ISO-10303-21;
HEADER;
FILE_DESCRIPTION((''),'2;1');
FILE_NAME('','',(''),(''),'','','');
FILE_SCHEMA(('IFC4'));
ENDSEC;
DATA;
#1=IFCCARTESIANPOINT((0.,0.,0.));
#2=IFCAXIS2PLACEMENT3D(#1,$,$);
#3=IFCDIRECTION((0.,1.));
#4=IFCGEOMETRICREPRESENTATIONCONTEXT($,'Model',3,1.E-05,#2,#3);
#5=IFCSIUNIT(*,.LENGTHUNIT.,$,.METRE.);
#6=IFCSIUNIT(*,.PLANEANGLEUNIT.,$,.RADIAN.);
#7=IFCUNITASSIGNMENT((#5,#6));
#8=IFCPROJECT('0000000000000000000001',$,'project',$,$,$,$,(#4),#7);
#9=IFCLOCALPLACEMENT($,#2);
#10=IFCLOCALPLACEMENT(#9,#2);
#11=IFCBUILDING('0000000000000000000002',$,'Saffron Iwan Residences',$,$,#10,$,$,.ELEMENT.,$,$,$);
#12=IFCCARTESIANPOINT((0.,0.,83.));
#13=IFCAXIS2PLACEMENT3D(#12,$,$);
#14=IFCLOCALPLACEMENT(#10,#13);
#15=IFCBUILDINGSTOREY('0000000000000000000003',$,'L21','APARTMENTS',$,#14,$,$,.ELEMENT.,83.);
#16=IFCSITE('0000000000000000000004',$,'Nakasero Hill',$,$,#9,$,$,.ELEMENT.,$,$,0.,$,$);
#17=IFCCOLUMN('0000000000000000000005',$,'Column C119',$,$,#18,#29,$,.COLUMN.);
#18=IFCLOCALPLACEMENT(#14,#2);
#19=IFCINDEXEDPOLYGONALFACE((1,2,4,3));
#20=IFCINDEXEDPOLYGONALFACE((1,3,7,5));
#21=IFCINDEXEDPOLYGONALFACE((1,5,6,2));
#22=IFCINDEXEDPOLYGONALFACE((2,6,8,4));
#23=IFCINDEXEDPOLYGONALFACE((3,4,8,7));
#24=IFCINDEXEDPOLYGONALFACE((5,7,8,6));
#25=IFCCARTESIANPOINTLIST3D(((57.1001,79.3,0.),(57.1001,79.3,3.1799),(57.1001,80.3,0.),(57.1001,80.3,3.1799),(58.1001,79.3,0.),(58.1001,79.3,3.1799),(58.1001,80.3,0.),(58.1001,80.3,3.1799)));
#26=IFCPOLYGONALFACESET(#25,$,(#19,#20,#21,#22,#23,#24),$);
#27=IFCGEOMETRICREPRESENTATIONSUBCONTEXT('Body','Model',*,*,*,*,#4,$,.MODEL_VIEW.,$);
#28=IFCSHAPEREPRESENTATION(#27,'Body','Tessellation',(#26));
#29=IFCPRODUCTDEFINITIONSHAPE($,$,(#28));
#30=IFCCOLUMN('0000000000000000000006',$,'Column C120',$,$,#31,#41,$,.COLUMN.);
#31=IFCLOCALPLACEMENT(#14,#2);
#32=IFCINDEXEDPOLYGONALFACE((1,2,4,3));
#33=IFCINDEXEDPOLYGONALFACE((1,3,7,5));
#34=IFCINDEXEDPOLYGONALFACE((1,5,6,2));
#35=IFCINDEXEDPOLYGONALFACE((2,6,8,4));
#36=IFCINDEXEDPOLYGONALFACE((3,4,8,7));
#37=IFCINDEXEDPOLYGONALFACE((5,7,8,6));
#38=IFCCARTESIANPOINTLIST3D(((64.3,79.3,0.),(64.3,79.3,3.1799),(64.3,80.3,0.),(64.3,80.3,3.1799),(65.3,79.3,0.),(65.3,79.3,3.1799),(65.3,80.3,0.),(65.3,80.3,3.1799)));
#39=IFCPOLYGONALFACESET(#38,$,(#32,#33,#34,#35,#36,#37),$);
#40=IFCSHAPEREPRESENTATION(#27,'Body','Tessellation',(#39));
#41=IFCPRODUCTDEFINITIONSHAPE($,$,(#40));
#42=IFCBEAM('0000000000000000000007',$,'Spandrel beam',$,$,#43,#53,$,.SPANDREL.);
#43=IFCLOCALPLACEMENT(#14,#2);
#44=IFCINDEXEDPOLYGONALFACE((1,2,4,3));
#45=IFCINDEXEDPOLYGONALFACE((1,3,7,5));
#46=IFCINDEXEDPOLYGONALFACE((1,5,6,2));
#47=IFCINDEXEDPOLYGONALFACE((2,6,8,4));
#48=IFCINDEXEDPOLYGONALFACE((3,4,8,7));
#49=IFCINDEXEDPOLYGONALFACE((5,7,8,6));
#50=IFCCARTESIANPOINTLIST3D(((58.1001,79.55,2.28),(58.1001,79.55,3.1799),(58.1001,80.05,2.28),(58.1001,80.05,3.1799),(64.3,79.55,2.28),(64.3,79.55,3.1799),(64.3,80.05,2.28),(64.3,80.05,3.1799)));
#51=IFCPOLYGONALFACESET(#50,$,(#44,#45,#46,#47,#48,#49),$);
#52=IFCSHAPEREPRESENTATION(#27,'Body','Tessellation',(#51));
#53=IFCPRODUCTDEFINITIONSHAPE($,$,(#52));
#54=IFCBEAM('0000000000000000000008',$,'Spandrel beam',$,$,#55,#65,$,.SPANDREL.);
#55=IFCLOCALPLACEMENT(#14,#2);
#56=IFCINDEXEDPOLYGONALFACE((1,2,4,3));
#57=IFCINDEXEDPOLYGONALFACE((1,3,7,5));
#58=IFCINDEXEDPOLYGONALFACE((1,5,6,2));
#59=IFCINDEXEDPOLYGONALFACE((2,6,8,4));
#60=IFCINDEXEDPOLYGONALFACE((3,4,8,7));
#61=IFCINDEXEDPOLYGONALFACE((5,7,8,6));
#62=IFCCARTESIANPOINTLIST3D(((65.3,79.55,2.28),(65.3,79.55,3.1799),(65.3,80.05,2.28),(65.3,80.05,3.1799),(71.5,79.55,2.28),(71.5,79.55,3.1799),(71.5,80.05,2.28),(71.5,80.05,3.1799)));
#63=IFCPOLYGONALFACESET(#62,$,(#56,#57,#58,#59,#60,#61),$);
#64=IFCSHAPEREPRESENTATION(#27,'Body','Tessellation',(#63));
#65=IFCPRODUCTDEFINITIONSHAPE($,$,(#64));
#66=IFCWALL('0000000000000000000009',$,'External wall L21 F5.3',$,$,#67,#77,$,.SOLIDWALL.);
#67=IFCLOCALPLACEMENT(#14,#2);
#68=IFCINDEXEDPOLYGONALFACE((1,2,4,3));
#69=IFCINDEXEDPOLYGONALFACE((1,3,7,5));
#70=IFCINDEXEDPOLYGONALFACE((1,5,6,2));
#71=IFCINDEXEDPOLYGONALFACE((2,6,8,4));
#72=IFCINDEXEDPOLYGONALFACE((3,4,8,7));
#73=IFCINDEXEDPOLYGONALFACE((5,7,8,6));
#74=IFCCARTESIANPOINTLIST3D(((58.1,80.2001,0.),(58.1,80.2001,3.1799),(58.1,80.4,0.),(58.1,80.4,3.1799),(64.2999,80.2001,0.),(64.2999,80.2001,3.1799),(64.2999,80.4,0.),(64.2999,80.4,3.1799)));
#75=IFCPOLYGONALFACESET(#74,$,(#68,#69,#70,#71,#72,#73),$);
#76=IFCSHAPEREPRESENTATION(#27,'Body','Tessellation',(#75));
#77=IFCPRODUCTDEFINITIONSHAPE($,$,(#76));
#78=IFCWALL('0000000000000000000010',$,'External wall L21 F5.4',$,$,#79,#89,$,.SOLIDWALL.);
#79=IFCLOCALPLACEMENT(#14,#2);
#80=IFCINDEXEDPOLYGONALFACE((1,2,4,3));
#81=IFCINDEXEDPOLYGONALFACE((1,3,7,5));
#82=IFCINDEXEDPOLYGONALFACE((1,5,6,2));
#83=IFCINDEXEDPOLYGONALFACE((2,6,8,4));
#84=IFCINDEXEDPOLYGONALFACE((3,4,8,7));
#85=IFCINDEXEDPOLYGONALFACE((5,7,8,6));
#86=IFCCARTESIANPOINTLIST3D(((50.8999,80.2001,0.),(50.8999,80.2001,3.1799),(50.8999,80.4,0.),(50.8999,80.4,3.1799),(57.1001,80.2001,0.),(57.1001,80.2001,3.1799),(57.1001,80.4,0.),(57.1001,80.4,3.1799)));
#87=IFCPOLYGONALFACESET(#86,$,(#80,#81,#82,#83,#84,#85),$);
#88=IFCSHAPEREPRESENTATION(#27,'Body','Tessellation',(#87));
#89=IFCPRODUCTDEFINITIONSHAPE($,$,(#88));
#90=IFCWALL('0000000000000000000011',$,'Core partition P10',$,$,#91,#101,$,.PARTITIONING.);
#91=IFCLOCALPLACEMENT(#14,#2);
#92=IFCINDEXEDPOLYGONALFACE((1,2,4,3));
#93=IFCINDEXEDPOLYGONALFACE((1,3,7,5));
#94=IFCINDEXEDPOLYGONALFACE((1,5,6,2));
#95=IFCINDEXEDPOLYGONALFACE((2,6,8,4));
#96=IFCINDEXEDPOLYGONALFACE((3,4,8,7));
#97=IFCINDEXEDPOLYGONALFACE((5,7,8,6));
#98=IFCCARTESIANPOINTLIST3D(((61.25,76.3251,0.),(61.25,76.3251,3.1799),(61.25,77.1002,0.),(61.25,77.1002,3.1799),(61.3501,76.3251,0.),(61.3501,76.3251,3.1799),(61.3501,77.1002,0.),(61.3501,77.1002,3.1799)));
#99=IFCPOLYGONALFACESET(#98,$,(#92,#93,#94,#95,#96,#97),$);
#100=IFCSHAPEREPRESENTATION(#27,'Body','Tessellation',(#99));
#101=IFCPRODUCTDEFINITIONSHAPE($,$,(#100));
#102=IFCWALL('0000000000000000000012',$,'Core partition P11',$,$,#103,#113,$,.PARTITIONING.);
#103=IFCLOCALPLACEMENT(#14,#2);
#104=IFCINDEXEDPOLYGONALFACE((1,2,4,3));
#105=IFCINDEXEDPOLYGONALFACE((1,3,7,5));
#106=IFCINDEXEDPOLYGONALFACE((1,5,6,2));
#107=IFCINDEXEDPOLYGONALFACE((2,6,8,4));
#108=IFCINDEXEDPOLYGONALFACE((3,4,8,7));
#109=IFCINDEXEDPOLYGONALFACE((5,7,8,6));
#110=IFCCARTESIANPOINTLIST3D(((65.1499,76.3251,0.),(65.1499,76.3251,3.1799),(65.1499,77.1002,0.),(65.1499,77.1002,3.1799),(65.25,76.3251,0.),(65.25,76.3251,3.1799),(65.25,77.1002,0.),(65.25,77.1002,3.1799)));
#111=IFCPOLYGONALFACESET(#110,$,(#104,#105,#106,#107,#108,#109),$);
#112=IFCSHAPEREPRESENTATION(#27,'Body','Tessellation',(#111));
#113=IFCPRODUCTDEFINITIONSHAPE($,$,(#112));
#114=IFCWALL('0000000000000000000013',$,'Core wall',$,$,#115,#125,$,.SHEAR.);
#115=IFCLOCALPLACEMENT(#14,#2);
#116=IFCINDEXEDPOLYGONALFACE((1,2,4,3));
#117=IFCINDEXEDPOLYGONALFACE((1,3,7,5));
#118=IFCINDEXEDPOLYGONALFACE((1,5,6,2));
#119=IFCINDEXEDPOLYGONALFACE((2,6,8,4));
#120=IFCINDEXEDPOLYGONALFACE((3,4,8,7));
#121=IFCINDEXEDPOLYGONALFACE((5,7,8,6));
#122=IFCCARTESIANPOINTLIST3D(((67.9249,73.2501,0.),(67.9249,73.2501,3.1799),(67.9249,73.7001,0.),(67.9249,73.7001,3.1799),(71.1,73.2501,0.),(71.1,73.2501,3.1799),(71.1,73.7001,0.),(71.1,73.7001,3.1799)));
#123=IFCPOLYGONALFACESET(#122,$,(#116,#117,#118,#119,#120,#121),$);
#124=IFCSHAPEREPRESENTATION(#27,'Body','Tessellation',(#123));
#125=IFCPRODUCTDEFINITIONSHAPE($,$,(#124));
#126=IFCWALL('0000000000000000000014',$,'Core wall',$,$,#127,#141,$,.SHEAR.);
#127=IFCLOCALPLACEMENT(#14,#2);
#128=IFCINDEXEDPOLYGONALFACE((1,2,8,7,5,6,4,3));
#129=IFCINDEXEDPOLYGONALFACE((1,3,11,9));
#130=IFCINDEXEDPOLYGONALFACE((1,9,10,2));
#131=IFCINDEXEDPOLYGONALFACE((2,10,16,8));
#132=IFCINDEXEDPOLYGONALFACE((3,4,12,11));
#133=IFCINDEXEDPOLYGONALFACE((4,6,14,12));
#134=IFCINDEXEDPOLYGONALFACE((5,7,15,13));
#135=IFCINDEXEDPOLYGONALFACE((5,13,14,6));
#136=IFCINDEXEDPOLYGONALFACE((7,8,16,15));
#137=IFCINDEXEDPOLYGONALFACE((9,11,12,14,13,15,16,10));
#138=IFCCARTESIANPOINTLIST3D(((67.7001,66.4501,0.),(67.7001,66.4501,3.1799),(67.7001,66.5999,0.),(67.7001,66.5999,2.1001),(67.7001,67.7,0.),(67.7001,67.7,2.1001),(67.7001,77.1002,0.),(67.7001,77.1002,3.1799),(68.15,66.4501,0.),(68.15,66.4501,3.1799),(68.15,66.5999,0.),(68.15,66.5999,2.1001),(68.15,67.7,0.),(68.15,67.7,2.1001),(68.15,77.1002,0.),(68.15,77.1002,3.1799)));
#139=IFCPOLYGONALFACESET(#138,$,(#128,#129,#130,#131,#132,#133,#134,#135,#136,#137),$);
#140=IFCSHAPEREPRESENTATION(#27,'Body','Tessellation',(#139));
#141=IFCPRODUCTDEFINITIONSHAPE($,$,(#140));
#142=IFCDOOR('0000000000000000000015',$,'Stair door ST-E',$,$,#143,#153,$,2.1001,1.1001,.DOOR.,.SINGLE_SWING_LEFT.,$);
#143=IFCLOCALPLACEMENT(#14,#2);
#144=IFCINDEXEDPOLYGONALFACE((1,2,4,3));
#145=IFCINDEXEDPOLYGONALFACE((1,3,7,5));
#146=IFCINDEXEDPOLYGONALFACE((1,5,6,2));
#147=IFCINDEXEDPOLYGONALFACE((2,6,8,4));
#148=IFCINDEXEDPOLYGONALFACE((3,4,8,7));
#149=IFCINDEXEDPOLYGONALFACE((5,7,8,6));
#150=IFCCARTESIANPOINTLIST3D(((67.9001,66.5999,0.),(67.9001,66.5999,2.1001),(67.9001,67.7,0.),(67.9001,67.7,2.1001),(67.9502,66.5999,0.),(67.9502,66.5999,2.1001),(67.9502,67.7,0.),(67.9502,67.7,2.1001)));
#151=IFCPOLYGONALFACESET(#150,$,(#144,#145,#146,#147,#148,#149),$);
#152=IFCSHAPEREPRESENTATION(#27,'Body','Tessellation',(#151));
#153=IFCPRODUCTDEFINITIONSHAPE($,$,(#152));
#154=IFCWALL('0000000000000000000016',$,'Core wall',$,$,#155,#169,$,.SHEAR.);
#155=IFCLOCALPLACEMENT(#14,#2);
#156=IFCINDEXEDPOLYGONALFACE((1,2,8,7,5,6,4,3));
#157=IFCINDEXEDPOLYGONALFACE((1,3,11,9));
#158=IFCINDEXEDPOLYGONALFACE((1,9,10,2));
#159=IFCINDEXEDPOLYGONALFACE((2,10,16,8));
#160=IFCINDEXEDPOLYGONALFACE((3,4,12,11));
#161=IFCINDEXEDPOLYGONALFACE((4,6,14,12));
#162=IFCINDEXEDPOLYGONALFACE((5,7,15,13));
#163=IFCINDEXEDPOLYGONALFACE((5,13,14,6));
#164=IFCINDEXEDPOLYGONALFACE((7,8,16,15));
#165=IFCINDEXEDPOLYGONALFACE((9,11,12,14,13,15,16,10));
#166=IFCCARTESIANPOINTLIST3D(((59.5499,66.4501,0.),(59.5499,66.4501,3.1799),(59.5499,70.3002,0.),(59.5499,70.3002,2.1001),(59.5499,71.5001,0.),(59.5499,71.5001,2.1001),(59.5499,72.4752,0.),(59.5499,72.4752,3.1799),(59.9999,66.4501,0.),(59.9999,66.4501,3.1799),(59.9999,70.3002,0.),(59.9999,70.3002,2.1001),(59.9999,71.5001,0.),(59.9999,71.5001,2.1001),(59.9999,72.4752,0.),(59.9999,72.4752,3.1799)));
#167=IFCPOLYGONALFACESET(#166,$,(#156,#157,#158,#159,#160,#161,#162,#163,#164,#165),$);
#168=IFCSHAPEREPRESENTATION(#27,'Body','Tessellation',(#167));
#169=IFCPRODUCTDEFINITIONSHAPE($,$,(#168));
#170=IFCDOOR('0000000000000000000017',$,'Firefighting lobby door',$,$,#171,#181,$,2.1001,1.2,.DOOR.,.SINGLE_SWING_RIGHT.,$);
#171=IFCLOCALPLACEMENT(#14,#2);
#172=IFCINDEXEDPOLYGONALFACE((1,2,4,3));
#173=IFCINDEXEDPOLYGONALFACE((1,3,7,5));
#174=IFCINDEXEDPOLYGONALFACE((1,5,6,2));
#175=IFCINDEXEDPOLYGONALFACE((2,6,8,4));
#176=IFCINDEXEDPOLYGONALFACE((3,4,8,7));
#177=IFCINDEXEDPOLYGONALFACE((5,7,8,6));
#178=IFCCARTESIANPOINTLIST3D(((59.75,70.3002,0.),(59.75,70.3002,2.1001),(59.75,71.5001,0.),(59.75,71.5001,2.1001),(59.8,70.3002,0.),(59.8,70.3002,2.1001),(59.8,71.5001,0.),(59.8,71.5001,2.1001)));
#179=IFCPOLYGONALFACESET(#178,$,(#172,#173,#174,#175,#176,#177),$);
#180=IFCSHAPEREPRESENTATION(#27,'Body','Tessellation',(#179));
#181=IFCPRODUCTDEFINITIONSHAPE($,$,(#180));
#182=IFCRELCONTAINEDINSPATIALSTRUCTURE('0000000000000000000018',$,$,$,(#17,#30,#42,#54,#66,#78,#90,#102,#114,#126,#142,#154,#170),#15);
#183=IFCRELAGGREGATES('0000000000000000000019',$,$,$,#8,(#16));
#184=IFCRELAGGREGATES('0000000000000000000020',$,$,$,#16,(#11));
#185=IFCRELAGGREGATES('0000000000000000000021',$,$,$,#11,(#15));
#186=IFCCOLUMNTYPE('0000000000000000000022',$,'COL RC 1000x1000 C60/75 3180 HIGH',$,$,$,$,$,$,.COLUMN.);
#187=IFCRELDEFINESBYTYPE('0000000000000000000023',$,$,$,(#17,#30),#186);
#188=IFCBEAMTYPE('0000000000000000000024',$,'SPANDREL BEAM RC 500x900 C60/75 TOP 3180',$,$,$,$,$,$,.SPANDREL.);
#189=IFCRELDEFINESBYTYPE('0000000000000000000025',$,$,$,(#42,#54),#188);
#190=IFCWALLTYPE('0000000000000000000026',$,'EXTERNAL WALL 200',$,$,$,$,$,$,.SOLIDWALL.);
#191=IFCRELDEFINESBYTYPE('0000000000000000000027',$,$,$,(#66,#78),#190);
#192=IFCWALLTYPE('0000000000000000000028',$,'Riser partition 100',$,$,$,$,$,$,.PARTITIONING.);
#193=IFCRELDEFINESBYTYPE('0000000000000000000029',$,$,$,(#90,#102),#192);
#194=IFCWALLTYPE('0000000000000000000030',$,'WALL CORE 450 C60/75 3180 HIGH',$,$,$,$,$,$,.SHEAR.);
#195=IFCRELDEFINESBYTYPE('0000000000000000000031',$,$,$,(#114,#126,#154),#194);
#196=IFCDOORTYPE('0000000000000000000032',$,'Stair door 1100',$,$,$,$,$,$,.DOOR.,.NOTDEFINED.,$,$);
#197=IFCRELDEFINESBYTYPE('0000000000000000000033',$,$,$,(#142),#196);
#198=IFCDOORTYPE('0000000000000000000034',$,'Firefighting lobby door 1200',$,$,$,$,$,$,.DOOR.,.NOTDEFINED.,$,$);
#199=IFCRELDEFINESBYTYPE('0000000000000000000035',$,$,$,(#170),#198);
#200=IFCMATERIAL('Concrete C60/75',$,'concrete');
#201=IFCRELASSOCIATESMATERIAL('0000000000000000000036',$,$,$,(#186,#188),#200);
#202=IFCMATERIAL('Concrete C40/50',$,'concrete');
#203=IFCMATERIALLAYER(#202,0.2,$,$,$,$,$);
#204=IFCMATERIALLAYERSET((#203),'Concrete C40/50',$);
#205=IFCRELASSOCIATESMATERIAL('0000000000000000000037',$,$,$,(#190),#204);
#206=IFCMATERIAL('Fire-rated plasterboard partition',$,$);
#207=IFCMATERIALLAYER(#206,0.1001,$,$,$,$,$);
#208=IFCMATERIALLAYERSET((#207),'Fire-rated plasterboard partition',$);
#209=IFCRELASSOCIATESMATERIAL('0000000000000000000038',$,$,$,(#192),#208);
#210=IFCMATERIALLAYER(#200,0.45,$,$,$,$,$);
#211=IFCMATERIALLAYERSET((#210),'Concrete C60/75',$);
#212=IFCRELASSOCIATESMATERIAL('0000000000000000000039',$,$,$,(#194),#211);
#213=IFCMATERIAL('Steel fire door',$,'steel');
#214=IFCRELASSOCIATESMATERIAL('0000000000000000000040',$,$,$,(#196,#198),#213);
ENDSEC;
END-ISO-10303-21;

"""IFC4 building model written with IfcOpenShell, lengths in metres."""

from ifc_helpers import new_model, si_unit, direction, frame, frame_2d, origin, origin_2d, place, context, subcontext, project, spatial, rectangle, extrude, source, transform, mapped, material, layer, layer_set, material_profile, profile_set, type_object, element, fill, save


model = new_model("IFC4")

# Units and contexts
model_context = context("Model", 3, precision=1e-05, world=origin(), true_north=direction((0.0, 1.0)))
body_context = subcontext(model_context, "Body", "Model", "MODEL_VIEW")
ifc_project = project(units=[si_unit("LENGTHUNIT", "METRE"), si_unit("PLANEANGLEUNIT", "RADIAN")], contexts=[model_context])

# Site, building, storey
site_placement = place(None, origin())
site = spatial("IfcSite", under=ifc_project, at=site_placement, Name="Nakasero Hill", CompositionType="ELEMENT", RefElevation=0.0)
building_placement = place(site_placement, origin())
building = spatial("IfcBuilding", under=site, at=building_placement, Name="Saffron Iwan Residences", CompositionType="ELEMENT")
storey_placement = place(building_placement, frame((0.0, 0.0, 83.0)))
storey = spatial("IfcBuildingStorey", under=building, at=storey_placement, Name="L21", Description="APARTMENTS", CompositionType="ELEMENT", Elevation=83.0)

# Columns
ifc_material_1 = material(Name="Concrete C60/75", Category="concrete")
ifc_material_profile_1 = material_profile(ifc_material_1, rectangle(XDim=1.0, YDim=1.0, at=origin_2d()), Name="RC 1000x1000")
ifc_profile_set_1 = profile_set([ifc_material_profile_1], Name="Concrete C60/75")
column_type = type_object("IfcColumnType", Name="COL RC 1000x1000 C60/75 3180 HIGH", PredefinedType="COLUMN", material=ifc_profile_set_1)
shared_shape_1 = source(origin(), body_context, "Body", "SweptSolid", [
    extrude(rectangle(XDim=1.0, YDim=1.0, at=origin_2d()), origin(), (0.0, 0.0, 1.0), 3.1799),
])
for number, where, z_axis, x_axis, name in (
    (1, (57.6001, 79.8, 0.0), (0.0, 0.0, 1.0), (1.0, 0.0, 0.0), "Column C119"),
    (2, (64.8, 79.8, 0.0), (0.0, 0.0, 1.0), (1.0, 0.0, 0.0), "Column C120"),
):
    element("IfcColumn", number, at=place(storey_placement, frame(where, z_axis=z_axis, x_axis=x_axis)), inside=storey, type_object=column_type, Name=name, PredefinedType="COLUMN", context=body_context, shape_type="MappedRepresentation", body=[
        mapped(shared_shape_1, transform((0.0, 0.0, 0.0))),
    ])

# Beams
ifc_material_profile_2 = material_profile(ifc_material_1, rectangle(XDim=0.5, YDim=0.8999, at=origin_2d()), Name="RC 500x900")
ifc_profile_set_2 = profile_set([ifc_material_profile_2], Name="Concrete C60/75")
beam_type = type_object("IfcBeamType", Name="SPANDREL BEAM RC 500x900 C60/75 TOP 3180", PredefinedType="SPANDREL", material=ifc_profile_set_2)
shared_shape_2 = source(origin(), body_context, "Body", "SweptSolid", [
    extrude(rectangle(XDim=0.5, YDim=0.8999, at=origin_2d()), origin(), (0.0, 0.0, 1.0), 6.2),
])
for number, where, z_axis, x_axis, name in (
    (3, (58.1001, 79.8, 2.73), (1.0, 0.0, 0.0), (0.0, 1.0, 0.0), "Spandrel beam"),
    (4, (65.3, 79.8, 2.73), (1.0, 0.0, 0.0), (0.0, 1.0, 0.0), "Spandrel beam"),
):
    element("IfcBeam", number, at=place(storey_placement, frame(where, z_axis=z_axis, x_axis=x_axis)), inside=storey, type_object=beam_type, Name=name, PredefinedType="SPANDREL", context=body_context, shape_type="MappedRepresentation", body=[
        mapped(shared_shape_2, transform((0.0, 0.0, 0.0))),
    ])

# Walls
ifc_material_2 = material(Name="Concrete C40/50", Category="concrete")
ifc_layer_1 = layer(ifc_material_2, 0.2)
ifc_layer_set_1 = layer_set([ifc_layer_1], Name="Concrete C40/50")
wall_type_1 = type_object("IfcWallType", Name="EXTERNAL WALL 200", PredefinedType="SOLIDWALL", material=ifc_layer_set_1)
wall_1_placement = place(storey_placement, frame((64.3, 80.3, 0.0), z_axis=(0.0, 0.0, 1.0), x_axis=(-1.0, 0.0, 0.0)))
element("IfcWall", 5, at=wall_1_placement, inside=storey, type_object=wall_type_1, Name="External wall L21 F5.3", PredefinedType="SOLIDWALL", context=body_context, shape_type="SweptSolid", body=[
    extrude(rectangle(XDim=6.2, YDim=0.2, at=frame_2d((3.1001, 0.0))), origin(), (0.0, 0.0, 1.0), 3.1799),
])
wall_2_placement = place(storey_placement, frame((57.1001, 80.3, 0.0), z_axis=(0.0, 0.0, 1.0), x_axis=(-1.0, 0.0, 0.0)))
element("IfcWall", 6, at=wall_2_placement, inside=storey, type_object=wall_type_1, Name="External wall L21 F5.4", PredefinedType="SOLIDWALL", context=body_context, shape_type="SweptSolid", body=[
    extrude(rectangle(XDim=6.2002, YDim=0.2, at=frame_2d((3.1001, 0.0))), origin(), (0.0, 0.0, 1.0), 3.1799),
])
ifc_material_3 = material(Name="Fire-rated plasterboard partition")
ifc_layer_2 = layer(ifc_material_3, 0.1001)
ifc_layer_set_2 = layer_set([ifc_layer_2], Name="Fire-rated plasterboard partition")
wall_type_2 = type_object("IfcWallType", Name="Riser partition 100", PredefinedType="PARTITIONING", material=ifc_layer_set_2)
for number, where, z_axis, x_axis, name in (
    (7, (61.3, 76.325, 0.0), (0.0, 0.0, 1.0), (0.0, 1.0, 0.0), "Core partition P10"),
    (8, (65.2, 76.325, 0.0), (0.0, 0.0, 1.0), (0.0, 1.0, 0.0), "Core partition P11"),
):
    element("IfcWall", number, at=place(storey_placement, frame(where, z_axis=z_axis, x_axis=x_axis)), inside=storey, type_object=wall_type_2, Name=name, PredefinedType="PARTITIONING", context=body_context, shape_type="SweptSolid", body=[
        extrude(rectangle(XDim=0.7751, YDim=0.1001, at=frame_2d((0.3877, 0.0))), origin(), (0.0, 0.0, 1.0), 3.1799),
    ])
ifc_layer_3 = layer(ifc_material_1, 0.45)
ifc_layer_set_3 = layer_set([ifc_layer_3], Name="Concrete C60/75")
wall_type_3 = type_object("IfcWallType", Name="WALL CORE 450 C60/75 3180 HIGH", PredefinedType="SHEAR", material=ifc_layer_set_3)
wall_3_placement = place(storey_placement, frame((67.925, 73.4751, 0.0), z_axis=(0.0, 0.0, 1.0), x_axis=(1.0, 0.0, 0.0)))
element("IfcWall", 9, at=wall_3_placement, inside=storey, type_object=wall_type_3, Name="Core wall", PredefinedType="SHEAR", context=body_context, shape_type="SweptSolid", body=[
    extrude(rectangle(XDim=3.175, YDim=0.45, at=frame_2d((1.5874, 0.0))), origin(), (0.0, 0.0, 1.0), 3.1799),
])

# Walls, openings, doors
wall_4_placement = place(storey_placement, frame((67.925, 66.45, 0.0), z_axis=(0.0, 0.0, 1.0), x_axis=(0.0, 1.0, 0.0)))
wall_4 = element("IfcWall", 10, at=wall_4_placement, inside=storey, type_object=wall_type_3, Name="Core wall", PredefinedType="SHEAR", context=body_context, shape_type="SweptSolid", body=[
    extrude(rectangle(XDim=10.6501, YDim=0.45, at=frame_2d((5.3252, 0.0))), origin(), (0.0, 0.0, 1.0), 3.1799),
])
opening_1_placement = place(wall_4_placement, frame((0.1499, 0.0, 0.0)))
opening_1 = element("IfcOpeningElement", 11, at=opening_1_placement, cuts=wall_4, PredefinedType="OPENING", context=body_context, shape_type="SweptSolid", body=[
    extrude(rectangle(XDim=1.1001, YDim=2.1001, at=frame_2d((0.55, 1.05))), frame((0.0, 0.2349, 0.0), z_axis=(0.0, -1.0, 0.0), x_axis=(1.0, 0.0, 0.0)), (0.0, 0.0, 1.0), 0.47),
])
ifc_material_4 = material(Name="Steel fire door", Category="steel")
door_type_1 = type_object("IfcDoorType", Name="Stair door 1100", OperationType="NOTDEFINED", PredefinedType="DOOR", material=ifc_material_4)
door_1_placement = place(opening_1_placement, origin())
door_1 = element("IfcDoor", 12, at=door_1_placement, inside=storey, type_object=door_type_1, Name="Stair door ST-E", OperationType="SINGLE_SWING_LEFT", OverallHeight=2.1001, OverallWidth=1.1001, PredefinedType="DOOR", context=body_context, shape_type="SweptSolid", body=[
    extrude(rectangle(XDim=1.1001, YDim=2.1001, at=frame_2d((0.55, 1.05))), frame((0.0, 0.0249, 0.0), z_axis=(0.0, -1.0, 0.0), x_axis=(1.0, 0.0, 0.0)), (0.0, 0.0, 1.0), 0.05),
])
fill(opening_1, door_1)
wall_5_placement = place(storey_placement, frame((59.7749, 66.45, 0.0), z_axis=(0.0, 0.0, 1.0), x_axis=(0.0, 1.0, 0.0)))
wall_5 = element("IfcWall", 13, at=wall_5_placement, inside=storey, type_object=wall_type_3, Name="Core wall", PredefinedType="SHEAR", context=body_context, shape_type="SweptSolid", body=[
    extrude(rectangle(XDim=6.0251, YDim=0.45, at=frame_2d((3.0127, 0.0))), origin(), (0.0, 0.0, 1.0), 3.1799),
])
opening_2_placement = place(wall_5_placement, frame((3.8501, 0.0, 0.0)))
opening_2 = element("IfcOpeningElement", 14, at=opening_2_placement, cuts=wall_5, PredefinedType="OPENING", context=body_context, shape_type="SweptSolid", body=[
    extrude(rectangle(XDim=1.2, YDim=2.1001, at=frame_2d((0.6001, 1.05))), frame((0.0, 0.2349, 0.0), z_axis=(0.0, -1.0, 0.0), x_axis=(1.0, 0.0, 0.0)), (0.0, 0.0, 1.0), 0.47),
])
door_type_2 = type_object("IfcDoorType", Name="Firefighting lobby door 1200", OperationType="NOTDEFINED", PredefinedType="DOOR", material=ifc_material_4)
door_2_placement = place(opening_2_placement, origin())
door_2 = element("IfcDoor", 15, at=door_2_placement, inside=storey, type_object=door_type_2, Name="Firefighting lobby door", OperationType="SINGLE_SWING_RIGHT", OverallHeight=2.1001, OverallWidth=1.2, PredefinedType="DOOR", context=body_context, shape_type="SweptSolid", body=[
    extrude(rectangle(XDim=1.2, YDim=2.1001, at=frame_2d((0.6001, 1.05))), frame((0.0, 0.0249, 0.0), z_axis=(0.0, -1.0, 0.0), x_axis=(1.0, 0.0, 0.0)), (0.0, 0.0, 1.0), 0.05),
])
fill(opening_2, door_2)

save(model, "model.ifc")
